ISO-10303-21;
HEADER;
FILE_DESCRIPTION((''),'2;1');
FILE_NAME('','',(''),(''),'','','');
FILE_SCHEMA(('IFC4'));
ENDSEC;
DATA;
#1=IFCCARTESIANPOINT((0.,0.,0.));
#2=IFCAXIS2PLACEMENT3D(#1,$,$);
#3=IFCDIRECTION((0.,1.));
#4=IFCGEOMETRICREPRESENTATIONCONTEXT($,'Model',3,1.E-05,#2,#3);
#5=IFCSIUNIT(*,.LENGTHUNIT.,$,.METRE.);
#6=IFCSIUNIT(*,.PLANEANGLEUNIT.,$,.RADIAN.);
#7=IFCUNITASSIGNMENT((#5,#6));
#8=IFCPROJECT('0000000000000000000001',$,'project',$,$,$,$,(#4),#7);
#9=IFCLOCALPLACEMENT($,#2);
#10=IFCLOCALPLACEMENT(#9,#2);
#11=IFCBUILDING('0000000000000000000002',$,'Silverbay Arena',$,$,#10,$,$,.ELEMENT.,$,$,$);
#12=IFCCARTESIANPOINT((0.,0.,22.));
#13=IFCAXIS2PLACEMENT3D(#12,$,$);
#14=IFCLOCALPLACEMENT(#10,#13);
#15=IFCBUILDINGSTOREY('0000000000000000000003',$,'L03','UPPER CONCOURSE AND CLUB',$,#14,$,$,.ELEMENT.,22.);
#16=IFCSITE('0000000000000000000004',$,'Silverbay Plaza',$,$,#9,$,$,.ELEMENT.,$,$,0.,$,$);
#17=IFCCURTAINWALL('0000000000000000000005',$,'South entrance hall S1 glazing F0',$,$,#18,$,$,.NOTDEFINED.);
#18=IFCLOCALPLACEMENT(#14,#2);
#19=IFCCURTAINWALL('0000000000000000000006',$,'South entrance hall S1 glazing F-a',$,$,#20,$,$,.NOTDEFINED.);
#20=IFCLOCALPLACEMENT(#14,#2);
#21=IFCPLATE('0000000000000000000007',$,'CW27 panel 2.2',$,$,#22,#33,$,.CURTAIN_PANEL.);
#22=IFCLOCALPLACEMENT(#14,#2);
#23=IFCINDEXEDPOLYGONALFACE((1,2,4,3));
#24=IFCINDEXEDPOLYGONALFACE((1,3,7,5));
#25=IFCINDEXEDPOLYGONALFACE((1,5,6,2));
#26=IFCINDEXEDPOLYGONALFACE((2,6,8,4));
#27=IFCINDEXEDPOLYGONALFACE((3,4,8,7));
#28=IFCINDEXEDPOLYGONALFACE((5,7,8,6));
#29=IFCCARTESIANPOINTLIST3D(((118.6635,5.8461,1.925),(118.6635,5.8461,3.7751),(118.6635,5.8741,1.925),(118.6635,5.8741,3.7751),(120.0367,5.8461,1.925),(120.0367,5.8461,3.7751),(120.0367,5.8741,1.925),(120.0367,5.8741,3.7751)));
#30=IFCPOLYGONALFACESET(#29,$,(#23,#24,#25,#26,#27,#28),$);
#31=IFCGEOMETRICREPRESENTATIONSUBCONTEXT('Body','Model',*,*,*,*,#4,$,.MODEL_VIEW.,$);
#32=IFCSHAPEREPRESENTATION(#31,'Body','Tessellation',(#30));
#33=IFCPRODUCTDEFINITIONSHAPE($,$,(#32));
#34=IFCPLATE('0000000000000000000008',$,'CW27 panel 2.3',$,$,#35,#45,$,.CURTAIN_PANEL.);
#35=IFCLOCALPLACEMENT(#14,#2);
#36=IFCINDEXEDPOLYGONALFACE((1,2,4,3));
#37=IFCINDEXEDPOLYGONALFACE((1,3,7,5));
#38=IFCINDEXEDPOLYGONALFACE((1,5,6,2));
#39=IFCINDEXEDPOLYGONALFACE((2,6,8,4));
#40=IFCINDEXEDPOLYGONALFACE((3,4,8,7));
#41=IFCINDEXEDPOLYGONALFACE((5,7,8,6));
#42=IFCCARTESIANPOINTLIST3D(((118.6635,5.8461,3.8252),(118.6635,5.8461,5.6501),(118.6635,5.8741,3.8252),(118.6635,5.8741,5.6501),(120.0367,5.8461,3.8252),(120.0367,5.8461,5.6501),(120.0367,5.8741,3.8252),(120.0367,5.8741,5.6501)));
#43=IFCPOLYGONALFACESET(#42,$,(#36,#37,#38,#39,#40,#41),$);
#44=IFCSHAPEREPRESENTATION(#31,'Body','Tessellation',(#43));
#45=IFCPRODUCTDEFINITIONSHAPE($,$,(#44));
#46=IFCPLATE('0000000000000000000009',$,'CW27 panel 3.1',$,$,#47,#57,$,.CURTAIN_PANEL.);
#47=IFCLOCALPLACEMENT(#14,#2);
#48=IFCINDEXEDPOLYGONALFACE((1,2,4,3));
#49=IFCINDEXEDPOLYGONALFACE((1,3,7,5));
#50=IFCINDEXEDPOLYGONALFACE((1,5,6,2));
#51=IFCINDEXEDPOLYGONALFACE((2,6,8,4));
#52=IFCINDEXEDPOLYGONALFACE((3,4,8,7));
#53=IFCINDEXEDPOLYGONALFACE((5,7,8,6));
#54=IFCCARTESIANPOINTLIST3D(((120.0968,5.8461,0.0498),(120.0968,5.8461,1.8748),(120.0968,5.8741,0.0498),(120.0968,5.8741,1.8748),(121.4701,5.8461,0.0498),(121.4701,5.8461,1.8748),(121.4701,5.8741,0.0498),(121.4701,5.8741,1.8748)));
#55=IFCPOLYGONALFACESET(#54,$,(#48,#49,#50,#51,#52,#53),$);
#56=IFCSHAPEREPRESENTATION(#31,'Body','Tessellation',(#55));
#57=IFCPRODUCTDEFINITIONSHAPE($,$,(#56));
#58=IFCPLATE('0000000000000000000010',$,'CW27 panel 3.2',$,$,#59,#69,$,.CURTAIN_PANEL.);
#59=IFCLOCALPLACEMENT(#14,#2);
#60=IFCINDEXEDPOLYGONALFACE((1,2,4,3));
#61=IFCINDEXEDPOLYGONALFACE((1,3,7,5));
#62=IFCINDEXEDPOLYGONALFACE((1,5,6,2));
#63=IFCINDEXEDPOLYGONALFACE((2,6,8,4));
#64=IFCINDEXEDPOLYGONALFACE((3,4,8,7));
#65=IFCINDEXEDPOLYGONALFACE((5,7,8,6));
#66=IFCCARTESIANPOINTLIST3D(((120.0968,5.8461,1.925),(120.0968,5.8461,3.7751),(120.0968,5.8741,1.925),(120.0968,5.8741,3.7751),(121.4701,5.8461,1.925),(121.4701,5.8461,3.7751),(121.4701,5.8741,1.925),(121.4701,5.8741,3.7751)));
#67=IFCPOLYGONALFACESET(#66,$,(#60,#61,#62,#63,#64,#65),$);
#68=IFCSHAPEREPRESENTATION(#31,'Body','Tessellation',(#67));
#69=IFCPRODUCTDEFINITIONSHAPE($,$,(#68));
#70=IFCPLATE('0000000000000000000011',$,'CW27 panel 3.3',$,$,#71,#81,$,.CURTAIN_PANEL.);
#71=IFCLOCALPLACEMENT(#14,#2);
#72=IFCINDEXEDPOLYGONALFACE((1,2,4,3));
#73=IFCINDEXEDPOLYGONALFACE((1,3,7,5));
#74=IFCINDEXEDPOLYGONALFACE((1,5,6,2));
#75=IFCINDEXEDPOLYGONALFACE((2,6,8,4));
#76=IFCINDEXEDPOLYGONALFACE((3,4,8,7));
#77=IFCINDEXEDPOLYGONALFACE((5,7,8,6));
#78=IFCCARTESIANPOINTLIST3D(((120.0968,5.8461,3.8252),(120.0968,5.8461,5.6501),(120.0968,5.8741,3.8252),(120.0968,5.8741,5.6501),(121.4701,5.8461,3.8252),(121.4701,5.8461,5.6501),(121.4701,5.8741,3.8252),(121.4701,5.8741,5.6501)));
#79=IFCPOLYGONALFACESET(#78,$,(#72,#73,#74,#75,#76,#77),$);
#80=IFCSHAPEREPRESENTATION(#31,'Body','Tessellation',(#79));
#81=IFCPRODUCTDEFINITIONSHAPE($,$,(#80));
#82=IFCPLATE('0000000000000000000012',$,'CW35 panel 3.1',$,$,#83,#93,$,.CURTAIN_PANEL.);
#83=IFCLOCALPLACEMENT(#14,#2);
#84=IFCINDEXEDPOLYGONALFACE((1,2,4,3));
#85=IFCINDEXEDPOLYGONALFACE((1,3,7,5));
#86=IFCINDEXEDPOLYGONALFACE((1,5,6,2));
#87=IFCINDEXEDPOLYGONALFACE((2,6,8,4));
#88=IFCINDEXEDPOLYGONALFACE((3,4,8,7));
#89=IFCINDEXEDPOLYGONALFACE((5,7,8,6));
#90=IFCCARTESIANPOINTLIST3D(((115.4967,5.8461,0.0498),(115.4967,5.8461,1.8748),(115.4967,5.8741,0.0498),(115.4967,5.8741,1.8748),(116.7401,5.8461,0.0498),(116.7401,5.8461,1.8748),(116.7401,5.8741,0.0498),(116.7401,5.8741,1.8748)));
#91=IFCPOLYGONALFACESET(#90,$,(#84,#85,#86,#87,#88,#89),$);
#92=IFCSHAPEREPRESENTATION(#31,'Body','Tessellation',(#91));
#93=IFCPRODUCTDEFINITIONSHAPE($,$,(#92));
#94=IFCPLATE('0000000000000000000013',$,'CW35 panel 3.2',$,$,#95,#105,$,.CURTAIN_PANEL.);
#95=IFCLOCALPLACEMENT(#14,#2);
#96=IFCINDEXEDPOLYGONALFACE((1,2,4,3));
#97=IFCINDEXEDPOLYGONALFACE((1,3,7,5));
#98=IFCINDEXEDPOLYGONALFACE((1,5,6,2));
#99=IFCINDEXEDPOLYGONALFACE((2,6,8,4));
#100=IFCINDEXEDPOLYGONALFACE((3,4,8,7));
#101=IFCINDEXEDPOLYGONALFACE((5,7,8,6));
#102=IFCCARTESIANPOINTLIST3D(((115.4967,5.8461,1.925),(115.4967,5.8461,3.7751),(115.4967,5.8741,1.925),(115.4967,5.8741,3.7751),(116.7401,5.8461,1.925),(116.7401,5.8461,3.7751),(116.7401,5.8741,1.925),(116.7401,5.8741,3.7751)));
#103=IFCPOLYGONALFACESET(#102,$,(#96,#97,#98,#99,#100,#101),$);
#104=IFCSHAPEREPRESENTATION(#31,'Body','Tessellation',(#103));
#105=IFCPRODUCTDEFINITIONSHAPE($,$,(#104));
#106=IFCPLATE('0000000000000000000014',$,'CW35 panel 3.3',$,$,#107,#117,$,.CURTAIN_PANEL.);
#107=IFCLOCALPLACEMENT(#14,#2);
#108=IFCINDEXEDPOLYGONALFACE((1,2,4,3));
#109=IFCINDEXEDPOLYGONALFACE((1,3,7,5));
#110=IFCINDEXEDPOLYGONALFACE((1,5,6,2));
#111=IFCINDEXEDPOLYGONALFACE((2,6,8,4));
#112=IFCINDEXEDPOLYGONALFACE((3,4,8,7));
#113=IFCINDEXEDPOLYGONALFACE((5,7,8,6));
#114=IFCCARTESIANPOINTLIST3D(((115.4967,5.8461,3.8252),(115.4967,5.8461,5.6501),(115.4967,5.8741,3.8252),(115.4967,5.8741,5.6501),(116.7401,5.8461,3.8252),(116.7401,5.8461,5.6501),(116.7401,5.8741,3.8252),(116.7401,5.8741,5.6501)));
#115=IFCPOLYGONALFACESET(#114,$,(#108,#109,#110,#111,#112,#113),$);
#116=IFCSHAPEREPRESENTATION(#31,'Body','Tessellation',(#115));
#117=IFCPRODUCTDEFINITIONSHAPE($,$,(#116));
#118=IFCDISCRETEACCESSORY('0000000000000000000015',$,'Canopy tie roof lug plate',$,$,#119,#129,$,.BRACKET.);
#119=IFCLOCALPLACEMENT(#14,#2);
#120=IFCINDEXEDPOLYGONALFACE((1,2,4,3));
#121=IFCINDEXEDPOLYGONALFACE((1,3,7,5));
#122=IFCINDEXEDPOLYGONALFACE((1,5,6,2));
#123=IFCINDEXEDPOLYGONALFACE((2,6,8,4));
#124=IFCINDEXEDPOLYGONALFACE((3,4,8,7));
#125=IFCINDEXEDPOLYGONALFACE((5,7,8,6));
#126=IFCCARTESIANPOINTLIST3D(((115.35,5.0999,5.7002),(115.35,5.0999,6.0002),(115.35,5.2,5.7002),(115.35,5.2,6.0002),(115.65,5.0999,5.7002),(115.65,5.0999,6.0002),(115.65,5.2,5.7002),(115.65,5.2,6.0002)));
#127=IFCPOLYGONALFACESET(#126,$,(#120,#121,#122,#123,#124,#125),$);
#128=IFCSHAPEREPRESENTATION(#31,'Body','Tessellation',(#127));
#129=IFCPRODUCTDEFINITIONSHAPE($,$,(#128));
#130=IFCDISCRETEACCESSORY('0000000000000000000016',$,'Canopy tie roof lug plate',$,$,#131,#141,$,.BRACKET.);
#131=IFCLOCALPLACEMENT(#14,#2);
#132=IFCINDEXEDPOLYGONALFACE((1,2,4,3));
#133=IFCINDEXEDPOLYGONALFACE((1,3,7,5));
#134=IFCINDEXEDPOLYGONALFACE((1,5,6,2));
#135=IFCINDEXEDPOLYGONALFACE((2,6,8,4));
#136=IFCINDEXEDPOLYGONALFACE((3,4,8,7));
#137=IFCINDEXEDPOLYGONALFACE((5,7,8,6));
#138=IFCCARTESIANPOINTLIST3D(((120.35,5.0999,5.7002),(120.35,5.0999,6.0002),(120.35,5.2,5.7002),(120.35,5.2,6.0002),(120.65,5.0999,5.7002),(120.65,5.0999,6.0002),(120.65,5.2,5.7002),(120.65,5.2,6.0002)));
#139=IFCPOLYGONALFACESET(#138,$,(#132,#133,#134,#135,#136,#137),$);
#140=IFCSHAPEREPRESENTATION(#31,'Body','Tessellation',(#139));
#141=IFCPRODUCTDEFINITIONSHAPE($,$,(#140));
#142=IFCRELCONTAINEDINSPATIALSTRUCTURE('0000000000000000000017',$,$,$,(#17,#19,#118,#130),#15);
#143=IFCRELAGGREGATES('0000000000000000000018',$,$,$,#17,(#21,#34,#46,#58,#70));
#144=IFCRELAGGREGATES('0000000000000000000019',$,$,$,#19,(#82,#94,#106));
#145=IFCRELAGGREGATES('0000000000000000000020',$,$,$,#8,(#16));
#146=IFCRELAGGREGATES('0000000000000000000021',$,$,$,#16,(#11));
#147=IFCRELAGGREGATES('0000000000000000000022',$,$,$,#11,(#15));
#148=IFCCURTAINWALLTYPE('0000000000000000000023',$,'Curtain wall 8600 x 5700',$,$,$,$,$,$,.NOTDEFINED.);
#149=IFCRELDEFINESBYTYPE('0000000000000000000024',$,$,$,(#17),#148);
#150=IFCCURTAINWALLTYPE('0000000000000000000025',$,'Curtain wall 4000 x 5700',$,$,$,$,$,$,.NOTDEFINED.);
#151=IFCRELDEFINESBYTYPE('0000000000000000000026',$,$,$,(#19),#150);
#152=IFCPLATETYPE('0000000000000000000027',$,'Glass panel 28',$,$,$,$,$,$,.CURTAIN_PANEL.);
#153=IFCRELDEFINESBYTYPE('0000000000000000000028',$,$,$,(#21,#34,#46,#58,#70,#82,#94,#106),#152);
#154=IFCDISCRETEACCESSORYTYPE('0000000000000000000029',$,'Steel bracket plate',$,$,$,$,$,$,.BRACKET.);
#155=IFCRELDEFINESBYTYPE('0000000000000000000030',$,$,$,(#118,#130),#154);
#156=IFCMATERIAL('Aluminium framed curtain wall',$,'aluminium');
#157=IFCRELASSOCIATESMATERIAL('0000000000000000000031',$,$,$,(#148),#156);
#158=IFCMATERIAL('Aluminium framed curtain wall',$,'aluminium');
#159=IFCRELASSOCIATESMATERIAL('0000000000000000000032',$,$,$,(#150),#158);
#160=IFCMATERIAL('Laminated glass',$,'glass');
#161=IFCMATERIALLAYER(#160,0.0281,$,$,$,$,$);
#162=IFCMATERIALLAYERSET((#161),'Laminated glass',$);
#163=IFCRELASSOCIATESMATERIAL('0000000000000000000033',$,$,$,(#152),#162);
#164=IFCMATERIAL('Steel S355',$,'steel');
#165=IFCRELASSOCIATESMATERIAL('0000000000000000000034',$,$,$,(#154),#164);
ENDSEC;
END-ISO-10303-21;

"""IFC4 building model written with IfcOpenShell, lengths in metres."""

from ifc_helpers import new_model, si_unit, direction, frame, origin, origin_2d, place, context, subcontext, project, spatial, rectangle, extrude, material, layer, layer_set, type_object, element, aggregate, save


model = new_model("IFC4")

# Units and contexts
model_context = context("Model", 3, precision=1e-05, world=origin(), true_north=direction((0.0, 1.0)))
body_context = subcontext(model_context, "Body", "Model", "MODEL_VIEW")
ifc_project = project(units=[si_unit("LENGTHUNIT", "METRE"), si_unit("PLANEANGLEUNIT", "RADIAN")], contexts=[model_context])

# Site, building, storey
site_placement = place(None, origin())
site = spatial("IfcSite", under=ifc_project, at=site_placement, Name="Silverbay Plaza", CompositionType="ELEMENT", RefElevation=0.0)
building_placement = place(site_placement, origin())
building = spatial("IfcBuilding", under=site, at=building_placement, Name="Silverbay Arena", CompositionType="ELEMENT")
storey_placement = place(building_placement, frame((0.0, 0.0, 22.0)))
storey = spatial("IfcBuildingStorey", under=building, at=storey_placement, Name="L03", Description="UPPER CONCOURSE AND CLUB", CompositionType="ELEMENT", Elevation=22.0)

# Curtain wall
ifc_material_1 = material(Name="Aluminium framed curtain wall", Category="aluminium")
curtain_wall_type_1 = type_object("IfcCurtainWallType", Name="Curtain wall 8600 x 5700", PredefinedType="NOTDEFINED", material=ifc_material_1)
curtain_wall_1_placement = place(storey_placement, origin())
curtain_wall_1 = element("IfcCurtainWall", 1, at=curtain_wall_1_placement, inside=storey, type_object=curtain_wall_type_1, Name="South entrance hall S1 glazing F0", PredefinedType="NOTDEFINED")

# Curtain wall
ifc_material_2 = material(Name="Aluminium framed curtain wall", Category="aluminium")
curtain_wall_type_2 = type_object("IfcCurtainWallType", Name="Curtain wall 4000 x 5700", PredefinedType="NOTDEFINED", material=ifc_material_2)
curtain_wall_2_placement = place(storey_placement, origin())
curtain_wall_2 = element("IfcCurtainWall", 2, at=curtain_wall_2_placement, inside=storey, type_object=curtain_wall_type_2, Name="South entrance hall S1 glazing F-a", PredefinedType="NOTDEFINED")

# Plates
ifc_material_3 = material(Name="Laminated glass", Category="glass")
ifc_layer = layer(ifc_material_3, 0.0281)
ifc_layer_set = layer_set([ifc_layer], Name="Laminated glass")
plate_type = type_object("IfcPlateType", Name="Glass panel 28", PredefinedType="CURTAIN_PANEL", material=ifc_layer_set)
plate_1_placement = place(storey_placement, frame((119.3501, 5.8601, 1.925), z_axis=(0.0, 0.0, 1.0), x_axis=(1.0, 0.0, 0.0)))
plate_1 = element("IfcPlate", 3, at=plate_1_placement, type_object=plate_type, Name="CW27 panel 2.2", PredefinedType="CURTAIN_PANEL", context=body_context, shape_type="SweptSolid", body=[
    extrude(rectangle(XDim=1.3733, YDim=0.0281, at=origin_2d()), origin(), (0.0, 0.0, 1.0), 1.8501),
])
plate_2_placement = place(storey_placement, frame((119.3501, 5.8601, 3.8252), z_axis=(0.0, 0.0, 1.0), x_axis=(1.0, 0.0, 0.0)))
plate_2 = element("IfcPlate", 4, at=plate_2_placement, type_object=plate_type, Name="CW27 panel 2.3", PredefinedType="CURTAIN_PANEL", context=body_context, shape_type="SweptSolid", body=[
    extrude(rectangle(XDim=1.3733, YDim=0.0281, at=origin_2d()), origin(), (0.0, 0.0, 1.0), 1.825),
])
plate_3_placement = place(storey_placement, frame((120.7834, 5.8601, 0.0498), z_axis=(0.0, 0.0, 1.0), x_axis=(1.0, 0.0, 0.0)))
plate_3 = element("IfcPlate", 5, at=plate_3_placement, type_object=plate_type, Name="CW27 panel 3.1", PredefinedType="CURTAIN_PANEL", context=body_context, shape_type="SweptSolid", body=[
    extrude(rectangle(XDim=1.3733, YDim=0.0281, at=origin_2d()), origin(), (0.0, 0.0, 1.0), 1.825),
])
plate_4_placement = place(storey_placement, frame((120.7834, 5.8601, 1.925), z_axis=(0.0, 0.0, 1.0), x_axis=(1.0, 0.0, 0.0)))
plate_4 = element("IfcPlate", 6, at=plate_4_placement, type_object=plate_type, Name="CW27 panel 3.2", PredefinedType="CURTAIN_PANEL", context=body_context, shape_type="SweptSolid", body=[
    extrude(rectangle(XDim=1.3733, YDim=0.0281, at=origin_2d()), origin(), (0.0, 0.0, 1.0), 1.8501),
])
plate_5_placement = place(storey_placement, frame((120.7834, 5.8601, 3.8252), z_axis=(0.0, 0.0, 1.0), x_axis=(1.0, 0.0, 0.0)))
plate_5 = element("IfcPlate", 7, at=plate_5_placement, type_object=plate_type, Name="CW27 panel 3.3", PredefinedType="CURTAIN_PANEL", context=body_context, shape_type="SweptSolid", body=[
    extrude(rectangle(XDim=1.3733, YDim=0.0281, at=origin_2d()), origin(), (0.0, 0.0, 1.0), 1.825),
])
aggregate(curtain_wall_1, [plate_1, plate_2, plate_3, plate_4, plate_5])
plate_6_placement = place(storey_placement, frame((116.1184, 5.8601, 0.0498), z_axis=(0.0, 0.0, 1.0), x_axis=(1.0, 0.0, 0.0)))
plate_6 = element("IfcPlate", 8, at=plate_6_placement, type_object=plate_type, Name="CW35 panel 3.1", PredefinedType="CURTAIN_PANEL", context=body_context, shape_type="SweptSolid", body=[
    extrude(rectangle(XDim=1.2434, YDim=0.0281, at=origin_2d()), origin(), (0.0, 0.0, 1.0), 1.825),
])
plate_7_placement = place(storey_placement, frame((116.1184, 5.8601, 1.925), z_axis=(0.0, 0.0, 1.0), x_axis=(1.0, 0.0, 0.0)))
plate_7 = element("IfcPlate", 9, at=plate_7_placement, type_object=plate_type, Name="CW35 panel 3.2", PredefinedType="CURTAIN_PANEL", context=body_context, shape_type="SweptSolid", body=[
    extrude(rectangle(XDim=1.2434, YDim=0.0281, at=origin_2d()), origin(), (0.0, 0.0, 1.0), 1.8501),
])
plate_8_placement = place(storey_placement, frame((116.1184, 5.8601, 3.8252), z_axis=(0.0, 0.0, 1.0), x_axis=(1.0, 0.0, 0.0)))
plate_8 = element("IfcPlate", 10, at=plate_8_placement, type_object=plate_type, Name="CW35 panel 3.3", PredefinedType="CURTAIN_PANEL", context=body_context, shape_type="SweptSolid", body=[
    extrude(rectangle(XDim=1.2434, YDim=0.0281, at=origin_2d()), origin(), (0.0, 0.0, 1.0), 1.825),
])
aggregate(curtain_wall_2, [plate_6, plate_7, plate_8])

# Discrete accessories
ifc_material_4 = material(Name="Steel S355", Category="steel")
discrete_accessory_type = type_object("IfcDiscreteAccessoryType", Name="Steel bracket plate", PredefinedType="BRACKET", material=ifc_material_4)
for number, where, z_axis, x_axis, name in (
    (11, (115.5, 5.1499, 5.7002), (0.0, 0.0, 1.0), (1.0, 0.0, 0.0), "Canopy tie roof lug plate"),
    (12, (120.5, 5.1499, 5.7002), (0.0, 0.0, 1.0), (1.0, 0.0, 0.0), "Canopy tie roof lug plate"),
):
    element("IfcDiscreteAccessory", number, at=place(storey_placement, frame(where, z_axis=z_axis, x_axis=x_axis)), inside=storey, type_object=discrete_accessory_type, Name=name, PredefinedType="BRACKET", context=body_context, shape_type="SweptSolid", body=[
        extrude(rectangle(XDim=0.3, YDim=0.1001, at=origin_2d()), origin(), (0.0, 0.0, 1.0), 0.3),
    ])

save(model, "model.ifc")
